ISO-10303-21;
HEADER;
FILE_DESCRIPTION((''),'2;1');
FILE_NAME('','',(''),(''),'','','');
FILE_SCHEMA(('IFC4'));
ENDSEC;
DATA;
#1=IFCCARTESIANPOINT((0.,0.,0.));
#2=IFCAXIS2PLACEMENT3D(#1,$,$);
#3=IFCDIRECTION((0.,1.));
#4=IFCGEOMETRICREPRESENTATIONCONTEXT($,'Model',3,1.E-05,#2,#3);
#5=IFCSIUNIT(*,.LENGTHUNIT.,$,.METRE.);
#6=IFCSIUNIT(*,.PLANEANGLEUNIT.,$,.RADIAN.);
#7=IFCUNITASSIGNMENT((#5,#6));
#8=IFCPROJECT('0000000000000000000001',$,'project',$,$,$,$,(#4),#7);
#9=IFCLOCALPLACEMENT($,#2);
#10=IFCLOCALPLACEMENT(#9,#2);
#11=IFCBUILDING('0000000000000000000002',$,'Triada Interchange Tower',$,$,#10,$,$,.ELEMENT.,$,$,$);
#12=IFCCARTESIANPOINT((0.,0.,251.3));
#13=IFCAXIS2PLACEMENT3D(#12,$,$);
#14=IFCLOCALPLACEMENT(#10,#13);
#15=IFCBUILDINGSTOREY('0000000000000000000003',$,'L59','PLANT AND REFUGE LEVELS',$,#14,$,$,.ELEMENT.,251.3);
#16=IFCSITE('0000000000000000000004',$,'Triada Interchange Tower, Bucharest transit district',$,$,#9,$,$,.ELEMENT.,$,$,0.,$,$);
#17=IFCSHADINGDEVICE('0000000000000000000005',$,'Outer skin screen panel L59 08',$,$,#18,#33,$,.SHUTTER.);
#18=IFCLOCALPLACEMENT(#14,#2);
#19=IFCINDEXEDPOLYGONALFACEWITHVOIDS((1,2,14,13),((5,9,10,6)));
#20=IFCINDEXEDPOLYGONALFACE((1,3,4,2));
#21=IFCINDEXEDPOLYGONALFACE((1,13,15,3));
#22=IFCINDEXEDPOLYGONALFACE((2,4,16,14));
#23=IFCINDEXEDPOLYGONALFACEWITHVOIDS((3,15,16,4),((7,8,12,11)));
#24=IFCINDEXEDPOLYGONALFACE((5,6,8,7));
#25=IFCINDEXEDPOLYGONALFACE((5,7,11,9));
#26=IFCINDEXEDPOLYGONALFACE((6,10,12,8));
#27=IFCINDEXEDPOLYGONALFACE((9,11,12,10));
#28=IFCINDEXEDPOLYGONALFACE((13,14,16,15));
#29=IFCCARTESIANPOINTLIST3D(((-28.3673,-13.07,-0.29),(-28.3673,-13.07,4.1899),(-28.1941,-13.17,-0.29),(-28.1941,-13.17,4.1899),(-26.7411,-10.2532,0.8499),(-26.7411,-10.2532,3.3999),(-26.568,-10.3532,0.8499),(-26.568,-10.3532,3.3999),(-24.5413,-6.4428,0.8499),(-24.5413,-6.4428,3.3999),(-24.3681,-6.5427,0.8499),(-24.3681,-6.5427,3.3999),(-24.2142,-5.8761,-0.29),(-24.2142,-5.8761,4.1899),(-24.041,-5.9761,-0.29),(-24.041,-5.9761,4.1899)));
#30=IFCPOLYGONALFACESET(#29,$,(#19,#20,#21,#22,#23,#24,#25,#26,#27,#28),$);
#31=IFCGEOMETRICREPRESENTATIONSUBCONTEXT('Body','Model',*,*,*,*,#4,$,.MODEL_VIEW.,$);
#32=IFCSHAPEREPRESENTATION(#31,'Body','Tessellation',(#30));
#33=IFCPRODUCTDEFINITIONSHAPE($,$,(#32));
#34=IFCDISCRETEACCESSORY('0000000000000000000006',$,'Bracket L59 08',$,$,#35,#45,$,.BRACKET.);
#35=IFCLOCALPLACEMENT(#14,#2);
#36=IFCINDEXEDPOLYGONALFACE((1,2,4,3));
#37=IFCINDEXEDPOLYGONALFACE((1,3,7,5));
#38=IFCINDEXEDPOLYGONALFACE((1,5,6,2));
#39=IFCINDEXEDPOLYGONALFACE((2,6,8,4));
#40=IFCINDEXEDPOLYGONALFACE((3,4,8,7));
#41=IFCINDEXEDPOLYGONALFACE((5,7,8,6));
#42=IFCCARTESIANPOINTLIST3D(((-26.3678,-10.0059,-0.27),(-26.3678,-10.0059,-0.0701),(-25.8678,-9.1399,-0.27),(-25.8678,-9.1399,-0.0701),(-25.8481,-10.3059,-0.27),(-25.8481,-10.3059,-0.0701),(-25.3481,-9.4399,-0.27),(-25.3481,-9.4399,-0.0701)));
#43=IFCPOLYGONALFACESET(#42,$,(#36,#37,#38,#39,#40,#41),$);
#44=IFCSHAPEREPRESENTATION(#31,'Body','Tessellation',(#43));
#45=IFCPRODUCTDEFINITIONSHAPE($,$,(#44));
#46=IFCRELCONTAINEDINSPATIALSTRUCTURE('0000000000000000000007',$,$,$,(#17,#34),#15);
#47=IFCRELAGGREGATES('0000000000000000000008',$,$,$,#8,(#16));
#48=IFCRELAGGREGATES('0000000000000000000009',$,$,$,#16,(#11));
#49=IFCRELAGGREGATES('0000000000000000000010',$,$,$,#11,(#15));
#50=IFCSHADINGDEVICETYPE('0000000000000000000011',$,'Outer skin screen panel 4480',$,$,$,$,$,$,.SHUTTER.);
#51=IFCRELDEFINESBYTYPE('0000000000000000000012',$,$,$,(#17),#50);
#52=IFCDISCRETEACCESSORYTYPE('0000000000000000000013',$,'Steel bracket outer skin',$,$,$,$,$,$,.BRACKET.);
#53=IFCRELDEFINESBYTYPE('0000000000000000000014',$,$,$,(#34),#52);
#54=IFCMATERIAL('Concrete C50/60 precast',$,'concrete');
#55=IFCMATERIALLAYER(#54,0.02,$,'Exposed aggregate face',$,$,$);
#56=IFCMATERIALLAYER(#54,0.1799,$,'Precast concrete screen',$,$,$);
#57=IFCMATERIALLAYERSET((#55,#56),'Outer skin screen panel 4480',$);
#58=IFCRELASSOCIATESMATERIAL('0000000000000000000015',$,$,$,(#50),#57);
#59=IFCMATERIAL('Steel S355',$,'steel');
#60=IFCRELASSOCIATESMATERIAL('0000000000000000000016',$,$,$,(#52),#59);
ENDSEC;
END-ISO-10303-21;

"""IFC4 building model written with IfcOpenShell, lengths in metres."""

from ifc_helpers import new_model, si_unit, direction, frame, origin, origin_2d, place, context, subcontext, project, spatial, polyline, rectangle, outline, extrude, material, layer, layer_set, type_object, element, save


model = new_model("IFC4")

# Units and contexts
model_context = context("Model", 3, precision=1e-05, world=origin(), true_north=direction((0.0, 1.0)))
body_context = subcontext(model_context, "Body", "Model", "MODEL_VIEW")
ifc_project = project(units=[si_unit("LENGTHUNIT", "METRE"), si_unit("PLANEANGLEUNIT", "RADIAN")], contexts=[model_context])

# Site, building, storey
site_placement = place(None, origin())
site = spatial("IfcSite", under=ifc_project, at=site_placement, Name="Triada Interchange Tower, Bucharest transit district", CompositionType="ELEMENT", RefElevation=0.0)
building_placement = place(site_placement, origin())
building = spatial("IfcBuilding", under=site, at=building_placement, Name="Triada Interchange Tower", CompositionType="ELEMENT")
storey_placement = place(building_placement, frame((0.0, 0.0, 251.3)))
storey = spatial("IfcBuildingStorey", under=building, at=storey_placement, Name="L59", Description="PLANT AND REFUGE LEVELS", CompositionType="ELEMENT", Elevation=251.3)

# Shared definitions
ifc_material_1 = material(Name="Steel S355", Category="steel")

# Shading device
ifc_material_2 = material(Name="Concrete C50/60 precast", Category="concrete")
ifc_layer_1 = layer(ifc_material_2, 0.02, Name="Exposed aggregate face")
ifc_layer_2 = layer(ifc_material_2, 0.1799, Name="Precast concrete screen")
ifc_layer_set_1 = layer_set([ifc_layer_1, ifc_layer_2], Name="Outer skin screen panel 4480")
shading_device_type = type_object("IfcShadingDeviceType", Name="Outer skin screen panel 4480", PredefinedType="SHUTTER", material=ifc_layer_set_1)
shading_device_placement = place(storey_placement, frame((-24.041, -5.9761, -0.29), z_axis=(0.0, 0.0, 1.0), x_axis=(-0.499973, -0.866041, 0.0)))
element("IfcShadingDevice", 1, at=shading_device_placement, inside=storey, type_object=shading_device_type, Name="Outer skin screen panel L59 08", PredefinedType="SHUTTER", context=body_context, shape_type="SweptSolid", body=[
    extrude(outline(polyline([(0.0, 0.0), (8.3066, 0.0), (8.3066, 4.48), (0.0, 4.48), (0.0, 0.0)]), holes=[polyline([(0.6543, 1.1399), (0.6543, 3.6899), (5.0542, 3.6899), (5.0542, 1.1399), (0.6543, 1.1399)])]), frame((0.0, 0.0, 0.0), z_axis=(0.0, -1.0, 0.0), x_axis=(1.0, 0.0, 0.0)), (0.0, 0.0, 1.0), 0.2),
])

# Discrete accessory
discrete_accessory_type = type_object("IfcDiscreteAccessoryType", Name="Steel bracket outer skin", PredefinedType="BRACKET", material=ifc_material_1)
discrete_accessory_placement = place(storey_placement, frame((-25.8579, -9.7229, -0.27), z_axis=(0.0, 0.0, 1.0), x_axis=(-0.866024, 0.500002, 0.0)))
element("IfcDiscreteAccessory", 2, at=discrete_accessory_placement, inside=storey, type_object=discrete_accessory_type, Name="Bracket L59 08", PredefinedType="BRACKET", context=body_context, shape_type="SweptSolid", body=[
    extrude(rectangle(XDim=0.6001, YDim=1.0, at=origin_2d()), origin(), (0.0, 0.0, 1.0), 0.2),
])

save(model, "model.ifc")
